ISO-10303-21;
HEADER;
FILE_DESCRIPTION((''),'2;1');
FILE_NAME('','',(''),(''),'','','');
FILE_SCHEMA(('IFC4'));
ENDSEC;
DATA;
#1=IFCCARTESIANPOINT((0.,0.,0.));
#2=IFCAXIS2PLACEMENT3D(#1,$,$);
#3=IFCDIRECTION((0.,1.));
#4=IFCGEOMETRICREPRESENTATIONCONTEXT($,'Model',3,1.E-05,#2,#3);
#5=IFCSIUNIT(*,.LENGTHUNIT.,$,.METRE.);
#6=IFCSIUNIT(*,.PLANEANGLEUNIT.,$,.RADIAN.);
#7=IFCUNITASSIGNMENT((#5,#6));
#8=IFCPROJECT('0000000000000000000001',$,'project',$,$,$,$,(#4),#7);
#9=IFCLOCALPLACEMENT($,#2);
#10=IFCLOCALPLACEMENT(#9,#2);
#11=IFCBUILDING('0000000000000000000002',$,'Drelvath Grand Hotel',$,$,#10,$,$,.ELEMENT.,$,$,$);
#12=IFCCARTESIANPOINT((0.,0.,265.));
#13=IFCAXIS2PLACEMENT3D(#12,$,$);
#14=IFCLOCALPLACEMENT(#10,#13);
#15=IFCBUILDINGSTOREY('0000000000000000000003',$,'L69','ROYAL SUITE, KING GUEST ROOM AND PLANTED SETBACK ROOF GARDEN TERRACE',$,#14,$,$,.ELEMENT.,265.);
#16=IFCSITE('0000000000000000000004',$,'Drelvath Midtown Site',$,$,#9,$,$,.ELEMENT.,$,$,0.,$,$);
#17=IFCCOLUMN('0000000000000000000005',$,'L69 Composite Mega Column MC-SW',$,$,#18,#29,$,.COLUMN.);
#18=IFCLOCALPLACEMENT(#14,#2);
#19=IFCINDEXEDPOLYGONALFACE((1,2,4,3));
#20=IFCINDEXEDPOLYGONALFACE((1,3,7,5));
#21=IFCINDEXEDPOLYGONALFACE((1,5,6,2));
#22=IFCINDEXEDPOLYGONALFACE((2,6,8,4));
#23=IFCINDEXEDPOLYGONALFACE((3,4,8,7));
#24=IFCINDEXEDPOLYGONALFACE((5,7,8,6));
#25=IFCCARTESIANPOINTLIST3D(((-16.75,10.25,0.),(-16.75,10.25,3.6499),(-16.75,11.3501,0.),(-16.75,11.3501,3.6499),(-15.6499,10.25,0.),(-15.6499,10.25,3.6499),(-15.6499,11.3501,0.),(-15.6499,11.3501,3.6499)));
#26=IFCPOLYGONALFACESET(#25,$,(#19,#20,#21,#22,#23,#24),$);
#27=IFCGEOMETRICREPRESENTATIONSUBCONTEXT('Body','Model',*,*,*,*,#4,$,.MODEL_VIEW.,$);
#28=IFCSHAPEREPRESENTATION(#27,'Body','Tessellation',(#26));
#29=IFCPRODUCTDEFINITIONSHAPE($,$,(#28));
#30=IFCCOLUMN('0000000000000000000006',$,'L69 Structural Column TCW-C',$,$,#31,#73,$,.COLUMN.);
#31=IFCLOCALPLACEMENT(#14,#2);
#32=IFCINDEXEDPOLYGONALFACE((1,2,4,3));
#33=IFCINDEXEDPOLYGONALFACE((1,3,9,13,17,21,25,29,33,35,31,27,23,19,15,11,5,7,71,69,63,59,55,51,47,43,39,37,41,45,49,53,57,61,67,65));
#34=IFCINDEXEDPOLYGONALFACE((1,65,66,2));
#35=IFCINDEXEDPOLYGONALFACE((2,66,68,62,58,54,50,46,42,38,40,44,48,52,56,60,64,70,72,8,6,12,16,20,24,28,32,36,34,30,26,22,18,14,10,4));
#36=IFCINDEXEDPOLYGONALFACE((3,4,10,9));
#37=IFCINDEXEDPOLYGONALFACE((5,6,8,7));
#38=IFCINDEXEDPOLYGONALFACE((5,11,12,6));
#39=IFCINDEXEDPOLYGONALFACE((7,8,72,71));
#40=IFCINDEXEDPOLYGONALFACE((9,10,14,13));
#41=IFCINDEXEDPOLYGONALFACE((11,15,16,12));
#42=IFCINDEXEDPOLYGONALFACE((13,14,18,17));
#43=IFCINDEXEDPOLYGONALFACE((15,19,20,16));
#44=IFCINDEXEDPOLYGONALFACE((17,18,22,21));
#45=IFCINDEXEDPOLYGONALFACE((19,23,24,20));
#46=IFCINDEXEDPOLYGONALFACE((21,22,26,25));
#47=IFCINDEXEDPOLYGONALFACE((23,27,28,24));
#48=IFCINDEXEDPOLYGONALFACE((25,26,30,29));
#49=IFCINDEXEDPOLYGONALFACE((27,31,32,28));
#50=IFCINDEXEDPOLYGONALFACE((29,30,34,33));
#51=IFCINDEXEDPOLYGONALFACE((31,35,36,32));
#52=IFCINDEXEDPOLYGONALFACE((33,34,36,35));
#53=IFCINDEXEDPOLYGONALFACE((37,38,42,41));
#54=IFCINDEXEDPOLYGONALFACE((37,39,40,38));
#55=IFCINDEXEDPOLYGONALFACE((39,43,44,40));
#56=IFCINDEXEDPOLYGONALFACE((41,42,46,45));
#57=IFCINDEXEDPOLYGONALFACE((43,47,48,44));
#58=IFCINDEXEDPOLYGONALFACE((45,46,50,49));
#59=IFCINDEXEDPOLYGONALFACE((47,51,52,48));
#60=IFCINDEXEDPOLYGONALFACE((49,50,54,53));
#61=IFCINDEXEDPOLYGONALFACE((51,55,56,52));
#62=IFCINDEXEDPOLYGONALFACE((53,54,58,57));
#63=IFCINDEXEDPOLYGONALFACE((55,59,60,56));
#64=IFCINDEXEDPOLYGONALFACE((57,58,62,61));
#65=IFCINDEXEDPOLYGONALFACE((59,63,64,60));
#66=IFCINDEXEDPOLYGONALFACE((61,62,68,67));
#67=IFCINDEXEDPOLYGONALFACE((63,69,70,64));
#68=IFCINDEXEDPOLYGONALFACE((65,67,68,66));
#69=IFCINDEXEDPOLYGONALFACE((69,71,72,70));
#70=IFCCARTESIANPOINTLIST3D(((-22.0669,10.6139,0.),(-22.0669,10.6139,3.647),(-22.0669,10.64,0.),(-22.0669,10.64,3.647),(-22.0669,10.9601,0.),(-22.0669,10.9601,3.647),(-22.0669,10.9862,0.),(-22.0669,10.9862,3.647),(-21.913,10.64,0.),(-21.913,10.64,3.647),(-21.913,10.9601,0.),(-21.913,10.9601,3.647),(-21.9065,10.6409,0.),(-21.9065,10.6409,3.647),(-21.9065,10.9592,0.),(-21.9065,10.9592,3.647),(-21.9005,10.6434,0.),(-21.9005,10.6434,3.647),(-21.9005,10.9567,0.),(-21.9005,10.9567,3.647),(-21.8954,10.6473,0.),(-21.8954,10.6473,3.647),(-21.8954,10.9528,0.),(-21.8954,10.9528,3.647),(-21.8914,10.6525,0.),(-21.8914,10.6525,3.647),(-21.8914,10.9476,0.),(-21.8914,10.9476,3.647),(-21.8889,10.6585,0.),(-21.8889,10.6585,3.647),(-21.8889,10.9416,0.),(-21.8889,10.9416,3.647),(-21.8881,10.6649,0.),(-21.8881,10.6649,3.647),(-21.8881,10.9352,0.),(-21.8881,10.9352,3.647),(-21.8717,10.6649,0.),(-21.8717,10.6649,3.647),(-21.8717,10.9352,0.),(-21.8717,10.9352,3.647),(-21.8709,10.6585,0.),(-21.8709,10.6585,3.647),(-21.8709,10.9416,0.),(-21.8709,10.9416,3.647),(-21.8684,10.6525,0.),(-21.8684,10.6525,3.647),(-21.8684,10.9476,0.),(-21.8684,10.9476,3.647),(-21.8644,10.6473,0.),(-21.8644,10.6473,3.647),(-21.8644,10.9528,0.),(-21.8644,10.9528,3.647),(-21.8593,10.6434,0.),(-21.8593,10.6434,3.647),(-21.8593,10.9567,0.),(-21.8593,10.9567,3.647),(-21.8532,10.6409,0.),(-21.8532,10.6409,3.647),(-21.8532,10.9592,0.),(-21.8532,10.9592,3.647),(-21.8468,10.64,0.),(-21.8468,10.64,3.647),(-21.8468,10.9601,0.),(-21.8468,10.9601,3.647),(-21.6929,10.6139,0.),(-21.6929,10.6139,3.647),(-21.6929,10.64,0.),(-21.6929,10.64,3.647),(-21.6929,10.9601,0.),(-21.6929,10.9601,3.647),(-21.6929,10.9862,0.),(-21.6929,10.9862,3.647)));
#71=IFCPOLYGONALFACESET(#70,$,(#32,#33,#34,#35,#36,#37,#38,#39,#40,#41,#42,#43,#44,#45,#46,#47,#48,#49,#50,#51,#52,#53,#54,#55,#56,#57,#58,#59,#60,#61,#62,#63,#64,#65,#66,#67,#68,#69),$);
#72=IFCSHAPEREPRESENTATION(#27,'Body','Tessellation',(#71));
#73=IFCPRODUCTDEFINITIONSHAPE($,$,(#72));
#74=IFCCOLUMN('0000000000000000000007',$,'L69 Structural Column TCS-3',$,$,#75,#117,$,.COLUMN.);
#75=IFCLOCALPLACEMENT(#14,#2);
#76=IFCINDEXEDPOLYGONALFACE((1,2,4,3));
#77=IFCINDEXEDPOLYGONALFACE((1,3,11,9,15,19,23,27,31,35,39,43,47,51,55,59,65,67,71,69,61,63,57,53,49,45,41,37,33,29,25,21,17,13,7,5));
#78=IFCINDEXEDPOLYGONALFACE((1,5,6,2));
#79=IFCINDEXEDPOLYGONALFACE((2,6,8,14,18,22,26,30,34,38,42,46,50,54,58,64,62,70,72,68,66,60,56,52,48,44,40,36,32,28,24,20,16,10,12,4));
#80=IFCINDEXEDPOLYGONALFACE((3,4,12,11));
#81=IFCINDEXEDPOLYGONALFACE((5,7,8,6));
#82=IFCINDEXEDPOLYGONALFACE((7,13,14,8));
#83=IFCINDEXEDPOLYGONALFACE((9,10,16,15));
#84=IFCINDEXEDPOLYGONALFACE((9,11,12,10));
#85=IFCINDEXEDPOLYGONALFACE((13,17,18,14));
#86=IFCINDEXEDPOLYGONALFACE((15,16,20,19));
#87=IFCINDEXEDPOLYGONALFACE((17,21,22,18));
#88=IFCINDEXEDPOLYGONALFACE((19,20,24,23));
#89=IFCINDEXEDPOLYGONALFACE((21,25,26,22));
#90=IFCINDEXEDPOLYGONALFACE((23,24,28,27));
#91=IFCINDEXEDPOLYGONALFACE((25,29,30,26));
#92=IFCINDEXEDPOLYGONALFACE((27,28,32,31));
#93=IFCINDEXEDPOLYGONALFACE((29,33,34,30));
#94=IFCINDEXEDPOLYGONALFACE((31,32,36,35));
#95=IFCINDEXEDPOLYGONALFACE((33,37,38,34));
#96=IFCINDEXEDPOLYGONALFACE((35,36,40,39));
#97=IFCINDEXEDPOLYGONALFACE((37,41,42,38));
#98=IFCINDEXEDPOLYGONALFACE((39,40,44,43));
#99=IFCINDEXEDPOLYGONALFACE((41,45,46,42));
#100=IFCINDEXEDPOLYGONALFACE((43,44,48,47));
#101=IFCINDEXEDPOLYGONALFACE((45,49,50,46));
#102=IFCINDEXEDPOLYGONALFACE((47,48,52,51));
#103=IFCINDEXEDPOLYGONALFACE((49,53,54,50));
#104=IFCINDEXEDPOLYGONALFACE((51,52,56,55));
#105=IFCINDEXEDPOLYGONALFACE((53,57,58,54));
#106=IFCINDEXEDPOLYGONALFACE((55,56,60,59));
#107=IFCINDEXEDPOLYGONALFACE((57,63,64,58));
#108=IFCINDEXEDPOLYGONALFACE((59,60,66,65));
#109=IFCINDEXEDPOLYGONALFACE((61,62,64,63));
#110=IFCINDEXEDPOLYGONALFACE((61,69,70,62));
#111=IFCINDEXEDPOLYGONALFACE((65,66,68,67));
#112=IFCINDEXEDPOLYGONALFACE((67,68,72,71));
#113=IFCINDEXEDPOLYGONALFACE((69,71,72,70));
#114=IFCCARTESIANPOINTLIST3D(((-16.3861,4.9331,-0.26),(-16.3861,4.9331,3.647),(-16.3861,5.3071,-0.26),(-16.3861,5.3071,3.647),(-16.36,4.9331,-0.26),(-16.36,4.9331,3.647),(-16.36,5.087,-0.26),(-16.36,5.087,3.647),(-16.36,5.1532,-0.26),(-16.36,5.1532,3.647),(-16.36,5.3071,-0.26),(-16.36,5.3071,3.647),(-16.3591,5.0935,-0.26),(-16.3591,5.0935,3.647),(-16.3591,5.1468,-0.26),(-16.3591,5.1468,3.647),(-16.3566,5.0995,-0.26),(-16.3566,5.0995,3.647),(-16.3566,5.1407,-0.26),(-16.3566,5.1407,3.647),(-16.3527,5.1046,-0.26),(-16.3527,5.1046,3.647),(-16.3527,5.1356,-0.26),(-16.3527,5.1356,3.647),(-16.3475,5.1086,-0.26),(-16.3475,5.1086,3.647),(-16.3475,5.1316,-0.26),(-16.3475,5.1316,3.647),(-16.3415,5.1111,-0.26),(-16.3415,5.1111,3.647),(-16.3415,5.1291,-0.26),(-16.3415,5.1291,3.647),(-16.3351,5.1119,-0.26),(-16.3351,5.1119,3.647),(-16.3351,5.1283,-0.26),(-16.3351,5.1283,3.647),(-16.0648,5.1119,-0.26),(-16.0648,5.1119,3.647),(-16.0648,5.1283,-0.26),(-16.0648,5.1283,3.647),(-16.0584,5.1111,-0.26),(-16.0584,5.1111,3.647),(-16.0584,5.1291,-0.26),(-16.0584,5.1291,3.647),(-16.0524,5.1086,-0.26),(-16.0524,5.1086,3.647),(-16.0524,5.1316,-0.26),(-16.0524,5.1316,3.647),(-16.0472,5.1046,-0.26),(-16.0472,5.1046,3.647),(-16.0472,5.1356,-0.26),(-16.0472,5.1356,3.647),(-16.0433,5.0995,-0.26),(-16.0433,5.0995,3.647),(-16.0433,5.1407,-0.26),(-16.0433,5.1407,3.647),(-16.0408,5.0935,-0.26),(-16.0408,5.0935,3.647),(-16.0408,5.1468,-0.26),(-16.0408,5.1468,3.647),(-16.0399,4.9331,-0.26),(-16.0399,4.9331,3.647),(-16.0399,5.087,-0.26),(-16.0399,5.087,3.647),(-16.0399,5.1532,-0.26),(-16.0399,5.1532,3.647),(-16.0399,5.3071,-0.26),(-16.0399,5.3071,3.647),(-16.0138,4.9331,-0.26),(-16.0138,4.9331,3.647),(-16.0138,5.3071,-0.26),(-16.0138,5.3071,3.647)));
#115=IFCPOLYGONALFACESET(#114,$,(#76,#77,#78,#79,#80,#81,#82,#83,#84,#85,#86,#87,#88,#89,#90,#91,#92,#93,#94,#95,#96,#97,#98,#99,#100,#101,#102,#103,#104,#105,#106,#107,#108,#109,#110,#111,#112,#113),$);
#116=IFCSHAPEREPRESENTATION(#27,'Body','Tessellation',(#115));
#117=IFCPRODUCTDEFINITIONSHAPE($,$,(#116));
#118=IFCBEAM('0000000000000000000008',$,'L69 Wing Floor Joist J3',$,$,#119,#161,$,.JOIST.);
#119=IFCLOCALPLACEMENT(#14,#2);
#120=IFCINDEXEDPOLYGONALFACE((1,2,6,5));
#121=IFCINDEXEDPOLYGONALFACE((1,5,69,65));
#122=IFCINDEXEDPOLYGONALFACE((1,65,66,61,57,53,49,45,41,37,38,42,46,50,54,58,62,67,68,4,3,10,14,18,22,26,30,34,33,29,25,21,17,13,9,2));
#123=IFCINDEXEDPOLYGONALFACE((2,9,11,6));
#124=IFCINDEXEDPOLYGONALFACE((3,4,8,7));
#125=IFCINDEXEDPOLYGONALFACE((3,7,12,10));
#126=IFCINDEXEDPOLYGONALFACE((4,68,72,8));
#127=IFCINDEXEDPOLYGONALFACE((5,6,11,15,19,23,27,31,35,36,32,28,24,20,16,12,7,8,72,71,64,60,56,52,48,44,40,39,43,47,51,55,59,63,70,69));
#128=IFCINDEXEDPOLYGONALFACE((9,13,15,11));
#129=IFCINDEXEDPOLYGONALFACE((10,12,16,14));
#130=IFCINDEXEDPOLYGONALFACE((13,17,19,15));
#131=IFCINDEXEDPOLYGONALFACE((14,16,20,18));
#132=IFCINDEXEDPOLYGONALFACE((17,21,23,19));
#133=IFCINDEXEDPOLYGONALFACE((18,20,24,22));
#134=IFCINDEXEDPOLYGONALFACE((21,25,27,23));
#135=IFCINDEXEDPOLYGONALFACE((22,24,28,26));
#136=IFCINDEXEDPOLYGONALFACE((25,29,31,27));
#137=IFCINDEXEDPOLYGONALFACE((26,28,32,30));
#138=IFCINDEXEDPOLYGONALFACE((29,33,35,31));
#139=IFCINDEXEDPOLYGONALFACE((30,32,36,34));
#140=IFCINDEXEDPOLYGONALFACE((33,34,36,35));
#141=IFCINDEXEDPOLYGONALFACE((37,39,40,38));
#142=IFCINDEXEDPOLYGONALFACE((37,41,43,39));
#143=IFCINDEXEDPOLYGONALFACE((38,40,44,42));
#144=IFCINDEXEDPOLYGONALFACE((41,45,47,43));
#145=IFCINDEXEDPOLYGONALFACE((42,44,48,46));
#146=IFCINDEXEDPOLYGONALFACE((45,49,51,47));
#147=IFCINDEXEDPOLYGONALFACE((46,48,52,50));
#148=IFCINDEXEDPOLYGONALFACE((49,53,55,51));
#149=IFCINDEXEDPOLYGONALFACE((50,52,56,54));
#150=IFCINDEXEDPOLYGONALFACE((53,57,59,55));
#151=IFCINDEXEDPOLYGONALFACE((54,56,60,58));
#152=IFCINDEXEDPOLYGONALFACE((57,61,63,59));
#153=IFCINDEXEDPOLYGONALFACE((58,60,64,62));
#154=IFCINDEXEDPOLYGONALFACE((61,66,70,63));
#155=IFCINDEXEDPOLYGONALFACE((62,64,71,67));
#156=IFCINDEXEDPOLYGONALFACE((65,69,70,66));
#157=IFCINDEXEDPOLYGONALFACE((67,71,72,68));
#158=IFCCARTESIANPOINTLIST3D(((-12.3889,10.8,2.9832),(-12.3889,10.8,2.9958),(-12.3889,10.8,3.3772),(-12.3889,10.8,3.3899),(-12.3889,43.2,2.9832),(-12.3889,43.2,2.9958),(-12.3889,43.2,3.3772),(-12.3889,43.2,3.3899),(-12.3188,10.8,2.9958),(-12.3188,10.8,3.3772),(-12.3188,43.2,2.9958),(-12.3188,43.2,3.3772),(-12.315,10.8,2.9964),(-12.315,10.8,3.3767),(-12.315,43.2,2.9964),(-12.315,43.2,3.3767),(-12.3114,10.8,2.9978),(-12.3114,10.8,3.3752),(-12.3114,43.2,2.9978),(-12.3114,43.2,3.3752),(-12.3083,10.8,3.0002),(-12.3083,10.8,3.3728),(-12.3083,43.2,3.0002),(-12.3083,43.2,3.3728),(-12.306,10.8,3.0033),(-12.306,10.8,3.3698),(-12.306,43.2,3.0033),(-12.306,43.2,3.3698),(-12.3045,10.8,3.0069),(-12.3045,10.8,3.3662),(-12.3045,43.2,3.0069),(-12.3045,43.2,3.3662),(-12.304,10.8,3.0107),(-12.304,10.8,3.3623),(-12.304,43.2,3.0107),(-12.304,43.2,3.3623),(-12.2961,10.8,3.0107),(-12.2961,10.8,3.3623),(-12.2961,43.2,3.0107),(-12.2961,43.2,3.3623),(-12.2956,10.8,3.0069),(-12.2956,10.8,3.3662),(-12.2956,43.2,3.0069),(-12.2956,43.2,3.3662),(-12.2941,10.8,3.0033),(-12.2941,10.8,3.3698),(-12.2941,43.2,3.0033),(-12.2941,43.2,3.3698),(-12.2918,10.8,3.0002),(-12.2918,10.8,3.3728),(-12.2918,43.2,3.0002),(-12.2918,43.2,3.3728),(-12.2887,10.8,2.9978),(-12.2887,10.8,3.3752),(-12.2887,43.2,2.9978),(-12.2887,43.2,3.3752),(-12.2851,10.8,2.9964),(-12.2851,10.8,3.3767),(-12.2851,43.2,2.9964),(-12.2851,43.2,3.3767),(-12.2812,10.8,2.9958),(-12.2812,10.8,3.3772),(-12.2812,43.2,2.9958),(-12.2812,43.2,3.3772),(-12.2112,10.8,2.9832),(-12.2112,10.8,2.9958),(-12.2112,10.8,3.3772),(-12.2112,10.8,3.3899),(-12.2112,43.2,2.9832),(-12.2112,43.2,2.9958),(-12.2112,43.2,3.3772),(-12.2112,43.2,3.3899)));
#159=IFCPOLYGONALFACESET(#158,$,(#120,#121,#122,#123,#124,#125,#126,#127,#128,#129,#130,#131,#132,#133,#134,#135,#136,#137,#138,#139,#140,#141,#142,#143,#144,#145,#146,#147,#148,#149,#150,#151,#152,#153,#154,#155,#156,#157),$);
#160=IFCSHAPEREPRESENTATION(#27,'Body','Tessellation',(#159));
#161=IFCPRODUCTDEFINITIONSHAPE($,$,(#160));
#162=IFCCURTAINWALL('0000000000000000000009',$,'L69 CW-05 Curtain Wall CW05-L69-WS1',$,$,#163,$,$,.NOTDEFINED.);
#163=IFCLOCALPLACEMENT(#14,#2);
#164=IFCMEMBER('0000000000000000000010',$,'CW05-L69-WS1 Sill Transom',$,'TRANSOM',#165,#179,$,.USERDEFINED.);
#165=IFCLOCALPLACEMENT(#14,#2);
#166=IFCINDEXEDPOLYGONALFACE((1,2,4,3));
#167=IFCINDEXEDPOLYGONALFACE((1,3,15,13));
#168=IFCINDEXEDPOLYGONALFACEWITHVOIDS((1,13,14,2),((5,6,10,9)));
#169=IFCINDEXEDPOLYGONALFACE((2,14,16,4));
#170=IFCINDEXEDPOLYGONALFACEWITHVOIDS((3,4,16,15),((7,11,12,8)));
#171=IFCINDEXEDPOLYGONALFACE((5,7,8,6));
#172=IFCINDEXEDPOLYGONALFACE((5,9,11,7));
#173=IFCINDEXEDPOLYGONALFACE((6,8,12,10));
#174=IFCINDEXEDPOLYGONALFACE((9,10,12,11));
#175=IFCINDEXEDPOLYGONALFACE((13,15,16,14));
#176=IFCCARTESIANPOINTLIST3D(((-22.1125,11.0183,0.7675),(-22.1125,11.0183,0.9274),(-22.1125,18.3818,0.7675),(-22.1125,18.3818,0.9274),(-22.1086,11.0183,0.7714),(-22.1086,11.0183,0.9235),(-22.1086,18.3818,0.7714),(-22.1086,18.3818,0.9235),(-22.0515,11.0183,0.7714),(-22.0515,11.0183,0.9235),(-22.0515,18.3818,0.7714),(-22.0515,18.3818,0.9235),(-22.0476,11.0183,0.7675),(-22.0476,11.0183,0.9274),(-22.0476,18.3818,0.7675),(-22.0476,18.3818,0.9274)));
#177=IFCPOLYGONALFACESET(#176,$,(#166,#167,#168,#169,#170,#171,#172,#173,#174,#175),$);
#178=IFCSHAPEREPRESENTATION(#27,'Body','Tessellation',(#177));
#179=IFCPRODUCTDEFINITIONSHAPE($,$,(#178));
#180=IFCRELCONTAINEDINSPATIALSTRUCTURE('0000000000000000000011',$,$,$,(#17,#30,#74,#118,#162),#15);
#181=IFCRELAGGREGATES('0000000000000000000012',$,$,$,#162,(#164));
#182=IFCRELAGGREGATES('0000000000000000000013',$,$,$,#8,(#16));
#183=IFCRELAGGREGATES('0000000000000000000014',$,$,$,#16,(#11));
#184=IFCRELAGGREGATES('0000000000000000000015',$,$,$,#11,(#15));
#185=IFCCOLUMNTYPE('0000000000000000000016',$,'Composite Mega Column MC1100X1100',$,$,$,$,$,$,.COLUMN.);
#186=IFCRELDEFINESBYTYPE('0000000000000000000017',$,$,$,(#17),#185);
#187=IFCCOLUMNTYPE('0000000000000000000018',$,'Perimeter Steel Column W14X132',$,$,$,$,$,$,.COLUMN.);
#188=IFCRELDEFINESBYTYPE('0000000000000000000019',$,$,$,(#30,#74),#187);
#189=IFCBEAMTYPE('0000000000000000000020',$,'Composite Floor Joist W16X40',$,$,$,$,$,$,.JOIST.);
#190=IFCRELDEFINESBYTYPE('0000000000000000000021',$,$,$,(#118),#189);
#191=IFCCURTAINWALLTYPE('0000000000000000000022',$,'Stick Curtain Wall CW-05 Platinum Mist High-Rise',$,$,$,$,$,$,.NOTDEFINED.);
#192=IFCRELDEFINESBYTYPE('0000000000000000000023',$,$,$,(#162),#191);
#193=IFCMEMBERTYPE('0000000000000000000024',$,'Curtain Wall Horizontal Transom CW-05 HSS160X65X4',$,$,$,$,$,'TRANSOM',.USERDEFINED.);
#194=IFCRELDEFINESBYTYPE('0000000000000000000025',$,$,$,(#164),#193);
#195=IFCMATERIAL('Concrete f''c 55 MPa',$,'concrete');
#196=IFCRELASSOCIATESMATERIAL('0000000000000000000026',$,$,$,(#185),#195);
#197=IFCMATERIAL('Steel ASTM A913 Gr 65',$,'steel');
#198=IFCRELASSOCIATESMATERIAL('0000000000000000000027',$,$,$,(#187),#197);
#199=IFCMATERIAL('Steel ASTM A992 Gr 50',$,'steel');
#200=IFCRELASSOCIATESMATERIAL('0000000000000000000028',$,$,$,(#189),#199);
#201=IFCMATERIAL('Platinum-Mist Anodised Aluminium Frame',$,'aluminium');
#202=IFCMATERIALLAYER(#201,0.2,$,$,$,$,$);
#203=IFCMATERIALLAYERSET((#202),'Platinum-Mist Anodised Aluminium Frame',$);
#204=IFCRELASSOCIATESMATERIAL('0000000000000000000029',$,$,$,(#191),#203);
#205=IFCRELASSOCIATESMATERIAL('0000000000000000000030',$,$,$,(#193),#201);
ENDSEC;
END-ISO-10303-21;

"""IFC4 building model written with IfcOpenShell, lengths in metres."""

from ifc_helpers import new_model, si_unit, direction, frame, origin, origin_2d, place, context, subcontext, project, spatial, rectangle, hollow_rectangle, i_section, extrude, material, layer, layer_set, material_profile, profile_set, type_object, element, aggregate, save


model = new_model("IFC4")

# Units and contexts
model_context = context("Model", 3, precision=1e-05, world=origin(), true_north=direction((0.0, 1.0)))
body_context = subcontext(model_context, "Body", "Model", "MODEL_VIEW")
ifc_project = project(units=[si_unit("LENGTHUNIT", "METRE"), si_unit("PLANEANGLEUNIT", "RADIAN")], contexts=[model_context])

# Site, building, storey
site_placement = place(None, origin())
site = spatial("IfcSite", under=ifc_project, at=site_placement, Name="Drelvath Midtown Site", CompositionType="ELEMENT", RefElevation=0.0)
building_placement = place(site_placement, origin())
building = spatial("IfcBuilding", under=site, at=building_placement, Name="Drelvath Grand Hotel", CompositionType="ELEMENT")
storey_placement = place(building_placement, frame((0.0, 0.0, 265.0)))
storey = spatial("IfcBuildingStorey", under=building, at=storey_placement, Name="L69", Description="ROYAL SUITE, KING GUEST ROOM AND PLANTED SETBACK ROOF GARDEN TERRACE", CompositionType="ELEMENT", Elevation=265.0)

# Columns
ifc_material_1 = material(Name="Concrete f'c 55 MPa", Category="concrete")
ifc_material_profile_1 = material_profile(ifc_material_1, rectangle(XDim=1.1001, YDim=1.1001, at=origin_2d()), Name="MC1100X1100")
ifc_profile_set_1 = profile_set([ifc_material_profile_1], Name="Concrete f'c 55 MPa")
column_type_1 = type_object("IfcColumnType", Name="Composite Mega Column MC1100X1100", PredefinedType="COLUMN", material=ifc_profile_set_1)
column_1_placement = place(storey_placement, frame((-16.2, 10.8, 0.0), z_axis=(0.0, 0.0, 1.0), x_axis=(1.0, 0.0, 0.0)))
element("IfcColumn", 1, at=column_1_placement, inside=storey, type_object=column_type_1, Name="L69 Composite Mega Column MC-SW", PredefinedType="COLUMN", context=body_context, shape_type="SweptSolid", body=[
    extrude(rectangle(XDim=1.1001, YDim=1.1001, at=origin_2d()), origin(), (0.0, 0.0, 1.0), 3.6499),
])
ifc_material_2 = material(Name="Steel ASTM A913 Gr 65", Category="steel")
ifc_material_profile_2 = material_profile(ifc_material_2, i_section(OverallWidth=0.374, OverallDepth=0.3723, WebThickness=0.0164, FlangeThickness=0.0261, FilletRadius=0.0249, at=origin_2d()), Name="W14X132")
ifc_profile_set_2 = profile_set([ifc_material_profile_2], Name="Steel ASTM A913 Gr 65")
column_type_2 = type_object("IfcColumnType", Name="Perimeter Steel Column W14X132", PredefinedType="COLUMN", material=ifc_profile_set_2)
column_2_placement = place(storey_placement, frame((-21.8799, 10.8, 0.0), z_axis=(0.0, 0.0, 1.0), x_axis=(1.0, 0.0, 0.0)))
element("IfcColumn", 2, at=column_2_placement, inside=storey, type_object=column_type_2, Name="L69 Structural Column TCW-C", PredefinedType="COLUMN", context=body_context, shape_type="SweptSolid", body=[
    extrude(i_section(OverallWidth=0.374, OverallDepth=0.3723, WebThickness=0.0164, FlangeThickness=0.0261, FilletRadius=0.0249, at=origin_2d()), origin(), (0.0, 0.0, 1.0), 3.647),
])
column_3_placement = place(storey_placement, frame((-16.2, 5.1201, -0.26), z_axis=(0.0, 0.0, 1.0), x_axis=(0.0, 1.0, 0.0)))
element("IfcColumn", 3, at=column_3_placement, inside=storey, type_object=column_type_2, Name="L69 Structural Column TCS-3", PredefinedType="COLUMN", context=body_context, shape_type="SweptSolid", body=[
    extrude(i_section(OverallWidth=0.374, OverallDepth=0.3723, WebThickness=0.0164, FlangeThickness=0.0261, FilletRadius=0.0249, at=origin_2d()), origin(), (0.0, 0.0, 1.0), 3.907),
])

# Beam
ifc_material_3 = material(Name="Steel ASTM A992 Gr 50", Category="steel")
ifc_material_profile_3 = material_profile(ifc_material_3, i_section(OverallWidth=0.1777, OverallDepth=0.4067, WebThickness=0.0078, FlangeThickness=0.0127, FilletRadius=0.0149, at=origin_2d()), Name="W16X40")
ifc_profile_set_3 = profile_set([ifc_material_profile_3], Name="Steel ASTM A992 Gr 50")
beam_type_1 = type_object("IfcBeamType", Name="Composite Floor Joist W16X40", PredefinedType="JOIST", material=ifc_profile_set_3)
beam_placement = place(storey_placement, frame((-12.3, 10.8, 3.1865), z_axis=(0.0, 1.0, 0.0), x_axis=(-1.0, 0.0, 0.0)))
element("IfcBeam", 4, at=beam_placement, inside=storey, type_object=beam_type_1, Name="L69 Wing Floor Joist J3", PredefinedType="JOIST", context=body_context, shape_type="SweptSolid", body=[
    extrude(i_section(OverallWidth=0.1777, OverallDepth=0.4067, WebThickness=0.0078, FlangeThickness=0.0127, FilletRadius=0.0149, at=origin_2d()), origin(), (0.0, 0.0, 1.0), 32.3999),
])

# Curtain wall, member
ifc_material_4 = material(Name="Platinum-Mist Anodised Aluminium Frame", Category="aluminium")
ifc_layer_1 = layer(ifc_material_4, 0.2)
ifc_layer_set_1 = layer_set([ifc_layer_1], Name="Platinum-Mist Anodised Aluminium Frame")
curtain_wall_type = type_object("IfcCurtainWallType", Name="Stick Curtain Wall CW-05 Platinum Mist High-Rise", PredefinedType="NOTDEFINED", material=ifc_layer_set_1)
curtain_wall_1_placement = place(storey_placement, origin())
curtain_wall_1 = element("IfcCurtainWall", 5, at=curtain_wall_1_placement, inside=storey, type_object=curtain_wall_type, Name="L69 CW-05 Curtain Wall CW05-L69-WS1", PredefinedType="NOTDEFINED")
ifc_material_profile_4 = material_profile(ifc_material_4, hollow_rectangle(XDim=0.0649, YDim=0.1599, WallThickness=0.0039, at=origin_2d()), Name="HSS160X65X4")
ifc_profile_set_4 = profile_set([ifc_material_profile_4], Name="Platinum-Mist Anodised Aluminium Frame")
member_type_1 = type_object("IfcMemberType", Name="Curtain Wall Horizontal Transom CW-05 HSS160X65X4", ElementType="TRANSOM", PredefinedType="USERDEFINED", material=ifc_profile_set_4)
member_1_placement = place(storey_placement, frame((-22.0801, 11.0183, 0.8474), z_axis=(0.0, 1.0, 0.0), x_axis=(-1.0, 0.0, 0.0)))
member_1 = element("IfcMember", 6, at=member_1_placement, type_object=member_type_1, Name="CW05-L69-WS1 Sill Transom", ObjectType="TRANSOM", PredefinedType="USERDEFINED", context=body_context, shape_type="SweptSolid", body=[
    extrude(hollow_rectangle(XDim=0.0649, YDim=0.1599, WallThickness=0.0039, at=origin_2d()), origin(), (0.0, 0.0, 1.0), 7.3635),
])

aggregate(curtain_wall_1, [member_1])

save(model, "model.ifc")
